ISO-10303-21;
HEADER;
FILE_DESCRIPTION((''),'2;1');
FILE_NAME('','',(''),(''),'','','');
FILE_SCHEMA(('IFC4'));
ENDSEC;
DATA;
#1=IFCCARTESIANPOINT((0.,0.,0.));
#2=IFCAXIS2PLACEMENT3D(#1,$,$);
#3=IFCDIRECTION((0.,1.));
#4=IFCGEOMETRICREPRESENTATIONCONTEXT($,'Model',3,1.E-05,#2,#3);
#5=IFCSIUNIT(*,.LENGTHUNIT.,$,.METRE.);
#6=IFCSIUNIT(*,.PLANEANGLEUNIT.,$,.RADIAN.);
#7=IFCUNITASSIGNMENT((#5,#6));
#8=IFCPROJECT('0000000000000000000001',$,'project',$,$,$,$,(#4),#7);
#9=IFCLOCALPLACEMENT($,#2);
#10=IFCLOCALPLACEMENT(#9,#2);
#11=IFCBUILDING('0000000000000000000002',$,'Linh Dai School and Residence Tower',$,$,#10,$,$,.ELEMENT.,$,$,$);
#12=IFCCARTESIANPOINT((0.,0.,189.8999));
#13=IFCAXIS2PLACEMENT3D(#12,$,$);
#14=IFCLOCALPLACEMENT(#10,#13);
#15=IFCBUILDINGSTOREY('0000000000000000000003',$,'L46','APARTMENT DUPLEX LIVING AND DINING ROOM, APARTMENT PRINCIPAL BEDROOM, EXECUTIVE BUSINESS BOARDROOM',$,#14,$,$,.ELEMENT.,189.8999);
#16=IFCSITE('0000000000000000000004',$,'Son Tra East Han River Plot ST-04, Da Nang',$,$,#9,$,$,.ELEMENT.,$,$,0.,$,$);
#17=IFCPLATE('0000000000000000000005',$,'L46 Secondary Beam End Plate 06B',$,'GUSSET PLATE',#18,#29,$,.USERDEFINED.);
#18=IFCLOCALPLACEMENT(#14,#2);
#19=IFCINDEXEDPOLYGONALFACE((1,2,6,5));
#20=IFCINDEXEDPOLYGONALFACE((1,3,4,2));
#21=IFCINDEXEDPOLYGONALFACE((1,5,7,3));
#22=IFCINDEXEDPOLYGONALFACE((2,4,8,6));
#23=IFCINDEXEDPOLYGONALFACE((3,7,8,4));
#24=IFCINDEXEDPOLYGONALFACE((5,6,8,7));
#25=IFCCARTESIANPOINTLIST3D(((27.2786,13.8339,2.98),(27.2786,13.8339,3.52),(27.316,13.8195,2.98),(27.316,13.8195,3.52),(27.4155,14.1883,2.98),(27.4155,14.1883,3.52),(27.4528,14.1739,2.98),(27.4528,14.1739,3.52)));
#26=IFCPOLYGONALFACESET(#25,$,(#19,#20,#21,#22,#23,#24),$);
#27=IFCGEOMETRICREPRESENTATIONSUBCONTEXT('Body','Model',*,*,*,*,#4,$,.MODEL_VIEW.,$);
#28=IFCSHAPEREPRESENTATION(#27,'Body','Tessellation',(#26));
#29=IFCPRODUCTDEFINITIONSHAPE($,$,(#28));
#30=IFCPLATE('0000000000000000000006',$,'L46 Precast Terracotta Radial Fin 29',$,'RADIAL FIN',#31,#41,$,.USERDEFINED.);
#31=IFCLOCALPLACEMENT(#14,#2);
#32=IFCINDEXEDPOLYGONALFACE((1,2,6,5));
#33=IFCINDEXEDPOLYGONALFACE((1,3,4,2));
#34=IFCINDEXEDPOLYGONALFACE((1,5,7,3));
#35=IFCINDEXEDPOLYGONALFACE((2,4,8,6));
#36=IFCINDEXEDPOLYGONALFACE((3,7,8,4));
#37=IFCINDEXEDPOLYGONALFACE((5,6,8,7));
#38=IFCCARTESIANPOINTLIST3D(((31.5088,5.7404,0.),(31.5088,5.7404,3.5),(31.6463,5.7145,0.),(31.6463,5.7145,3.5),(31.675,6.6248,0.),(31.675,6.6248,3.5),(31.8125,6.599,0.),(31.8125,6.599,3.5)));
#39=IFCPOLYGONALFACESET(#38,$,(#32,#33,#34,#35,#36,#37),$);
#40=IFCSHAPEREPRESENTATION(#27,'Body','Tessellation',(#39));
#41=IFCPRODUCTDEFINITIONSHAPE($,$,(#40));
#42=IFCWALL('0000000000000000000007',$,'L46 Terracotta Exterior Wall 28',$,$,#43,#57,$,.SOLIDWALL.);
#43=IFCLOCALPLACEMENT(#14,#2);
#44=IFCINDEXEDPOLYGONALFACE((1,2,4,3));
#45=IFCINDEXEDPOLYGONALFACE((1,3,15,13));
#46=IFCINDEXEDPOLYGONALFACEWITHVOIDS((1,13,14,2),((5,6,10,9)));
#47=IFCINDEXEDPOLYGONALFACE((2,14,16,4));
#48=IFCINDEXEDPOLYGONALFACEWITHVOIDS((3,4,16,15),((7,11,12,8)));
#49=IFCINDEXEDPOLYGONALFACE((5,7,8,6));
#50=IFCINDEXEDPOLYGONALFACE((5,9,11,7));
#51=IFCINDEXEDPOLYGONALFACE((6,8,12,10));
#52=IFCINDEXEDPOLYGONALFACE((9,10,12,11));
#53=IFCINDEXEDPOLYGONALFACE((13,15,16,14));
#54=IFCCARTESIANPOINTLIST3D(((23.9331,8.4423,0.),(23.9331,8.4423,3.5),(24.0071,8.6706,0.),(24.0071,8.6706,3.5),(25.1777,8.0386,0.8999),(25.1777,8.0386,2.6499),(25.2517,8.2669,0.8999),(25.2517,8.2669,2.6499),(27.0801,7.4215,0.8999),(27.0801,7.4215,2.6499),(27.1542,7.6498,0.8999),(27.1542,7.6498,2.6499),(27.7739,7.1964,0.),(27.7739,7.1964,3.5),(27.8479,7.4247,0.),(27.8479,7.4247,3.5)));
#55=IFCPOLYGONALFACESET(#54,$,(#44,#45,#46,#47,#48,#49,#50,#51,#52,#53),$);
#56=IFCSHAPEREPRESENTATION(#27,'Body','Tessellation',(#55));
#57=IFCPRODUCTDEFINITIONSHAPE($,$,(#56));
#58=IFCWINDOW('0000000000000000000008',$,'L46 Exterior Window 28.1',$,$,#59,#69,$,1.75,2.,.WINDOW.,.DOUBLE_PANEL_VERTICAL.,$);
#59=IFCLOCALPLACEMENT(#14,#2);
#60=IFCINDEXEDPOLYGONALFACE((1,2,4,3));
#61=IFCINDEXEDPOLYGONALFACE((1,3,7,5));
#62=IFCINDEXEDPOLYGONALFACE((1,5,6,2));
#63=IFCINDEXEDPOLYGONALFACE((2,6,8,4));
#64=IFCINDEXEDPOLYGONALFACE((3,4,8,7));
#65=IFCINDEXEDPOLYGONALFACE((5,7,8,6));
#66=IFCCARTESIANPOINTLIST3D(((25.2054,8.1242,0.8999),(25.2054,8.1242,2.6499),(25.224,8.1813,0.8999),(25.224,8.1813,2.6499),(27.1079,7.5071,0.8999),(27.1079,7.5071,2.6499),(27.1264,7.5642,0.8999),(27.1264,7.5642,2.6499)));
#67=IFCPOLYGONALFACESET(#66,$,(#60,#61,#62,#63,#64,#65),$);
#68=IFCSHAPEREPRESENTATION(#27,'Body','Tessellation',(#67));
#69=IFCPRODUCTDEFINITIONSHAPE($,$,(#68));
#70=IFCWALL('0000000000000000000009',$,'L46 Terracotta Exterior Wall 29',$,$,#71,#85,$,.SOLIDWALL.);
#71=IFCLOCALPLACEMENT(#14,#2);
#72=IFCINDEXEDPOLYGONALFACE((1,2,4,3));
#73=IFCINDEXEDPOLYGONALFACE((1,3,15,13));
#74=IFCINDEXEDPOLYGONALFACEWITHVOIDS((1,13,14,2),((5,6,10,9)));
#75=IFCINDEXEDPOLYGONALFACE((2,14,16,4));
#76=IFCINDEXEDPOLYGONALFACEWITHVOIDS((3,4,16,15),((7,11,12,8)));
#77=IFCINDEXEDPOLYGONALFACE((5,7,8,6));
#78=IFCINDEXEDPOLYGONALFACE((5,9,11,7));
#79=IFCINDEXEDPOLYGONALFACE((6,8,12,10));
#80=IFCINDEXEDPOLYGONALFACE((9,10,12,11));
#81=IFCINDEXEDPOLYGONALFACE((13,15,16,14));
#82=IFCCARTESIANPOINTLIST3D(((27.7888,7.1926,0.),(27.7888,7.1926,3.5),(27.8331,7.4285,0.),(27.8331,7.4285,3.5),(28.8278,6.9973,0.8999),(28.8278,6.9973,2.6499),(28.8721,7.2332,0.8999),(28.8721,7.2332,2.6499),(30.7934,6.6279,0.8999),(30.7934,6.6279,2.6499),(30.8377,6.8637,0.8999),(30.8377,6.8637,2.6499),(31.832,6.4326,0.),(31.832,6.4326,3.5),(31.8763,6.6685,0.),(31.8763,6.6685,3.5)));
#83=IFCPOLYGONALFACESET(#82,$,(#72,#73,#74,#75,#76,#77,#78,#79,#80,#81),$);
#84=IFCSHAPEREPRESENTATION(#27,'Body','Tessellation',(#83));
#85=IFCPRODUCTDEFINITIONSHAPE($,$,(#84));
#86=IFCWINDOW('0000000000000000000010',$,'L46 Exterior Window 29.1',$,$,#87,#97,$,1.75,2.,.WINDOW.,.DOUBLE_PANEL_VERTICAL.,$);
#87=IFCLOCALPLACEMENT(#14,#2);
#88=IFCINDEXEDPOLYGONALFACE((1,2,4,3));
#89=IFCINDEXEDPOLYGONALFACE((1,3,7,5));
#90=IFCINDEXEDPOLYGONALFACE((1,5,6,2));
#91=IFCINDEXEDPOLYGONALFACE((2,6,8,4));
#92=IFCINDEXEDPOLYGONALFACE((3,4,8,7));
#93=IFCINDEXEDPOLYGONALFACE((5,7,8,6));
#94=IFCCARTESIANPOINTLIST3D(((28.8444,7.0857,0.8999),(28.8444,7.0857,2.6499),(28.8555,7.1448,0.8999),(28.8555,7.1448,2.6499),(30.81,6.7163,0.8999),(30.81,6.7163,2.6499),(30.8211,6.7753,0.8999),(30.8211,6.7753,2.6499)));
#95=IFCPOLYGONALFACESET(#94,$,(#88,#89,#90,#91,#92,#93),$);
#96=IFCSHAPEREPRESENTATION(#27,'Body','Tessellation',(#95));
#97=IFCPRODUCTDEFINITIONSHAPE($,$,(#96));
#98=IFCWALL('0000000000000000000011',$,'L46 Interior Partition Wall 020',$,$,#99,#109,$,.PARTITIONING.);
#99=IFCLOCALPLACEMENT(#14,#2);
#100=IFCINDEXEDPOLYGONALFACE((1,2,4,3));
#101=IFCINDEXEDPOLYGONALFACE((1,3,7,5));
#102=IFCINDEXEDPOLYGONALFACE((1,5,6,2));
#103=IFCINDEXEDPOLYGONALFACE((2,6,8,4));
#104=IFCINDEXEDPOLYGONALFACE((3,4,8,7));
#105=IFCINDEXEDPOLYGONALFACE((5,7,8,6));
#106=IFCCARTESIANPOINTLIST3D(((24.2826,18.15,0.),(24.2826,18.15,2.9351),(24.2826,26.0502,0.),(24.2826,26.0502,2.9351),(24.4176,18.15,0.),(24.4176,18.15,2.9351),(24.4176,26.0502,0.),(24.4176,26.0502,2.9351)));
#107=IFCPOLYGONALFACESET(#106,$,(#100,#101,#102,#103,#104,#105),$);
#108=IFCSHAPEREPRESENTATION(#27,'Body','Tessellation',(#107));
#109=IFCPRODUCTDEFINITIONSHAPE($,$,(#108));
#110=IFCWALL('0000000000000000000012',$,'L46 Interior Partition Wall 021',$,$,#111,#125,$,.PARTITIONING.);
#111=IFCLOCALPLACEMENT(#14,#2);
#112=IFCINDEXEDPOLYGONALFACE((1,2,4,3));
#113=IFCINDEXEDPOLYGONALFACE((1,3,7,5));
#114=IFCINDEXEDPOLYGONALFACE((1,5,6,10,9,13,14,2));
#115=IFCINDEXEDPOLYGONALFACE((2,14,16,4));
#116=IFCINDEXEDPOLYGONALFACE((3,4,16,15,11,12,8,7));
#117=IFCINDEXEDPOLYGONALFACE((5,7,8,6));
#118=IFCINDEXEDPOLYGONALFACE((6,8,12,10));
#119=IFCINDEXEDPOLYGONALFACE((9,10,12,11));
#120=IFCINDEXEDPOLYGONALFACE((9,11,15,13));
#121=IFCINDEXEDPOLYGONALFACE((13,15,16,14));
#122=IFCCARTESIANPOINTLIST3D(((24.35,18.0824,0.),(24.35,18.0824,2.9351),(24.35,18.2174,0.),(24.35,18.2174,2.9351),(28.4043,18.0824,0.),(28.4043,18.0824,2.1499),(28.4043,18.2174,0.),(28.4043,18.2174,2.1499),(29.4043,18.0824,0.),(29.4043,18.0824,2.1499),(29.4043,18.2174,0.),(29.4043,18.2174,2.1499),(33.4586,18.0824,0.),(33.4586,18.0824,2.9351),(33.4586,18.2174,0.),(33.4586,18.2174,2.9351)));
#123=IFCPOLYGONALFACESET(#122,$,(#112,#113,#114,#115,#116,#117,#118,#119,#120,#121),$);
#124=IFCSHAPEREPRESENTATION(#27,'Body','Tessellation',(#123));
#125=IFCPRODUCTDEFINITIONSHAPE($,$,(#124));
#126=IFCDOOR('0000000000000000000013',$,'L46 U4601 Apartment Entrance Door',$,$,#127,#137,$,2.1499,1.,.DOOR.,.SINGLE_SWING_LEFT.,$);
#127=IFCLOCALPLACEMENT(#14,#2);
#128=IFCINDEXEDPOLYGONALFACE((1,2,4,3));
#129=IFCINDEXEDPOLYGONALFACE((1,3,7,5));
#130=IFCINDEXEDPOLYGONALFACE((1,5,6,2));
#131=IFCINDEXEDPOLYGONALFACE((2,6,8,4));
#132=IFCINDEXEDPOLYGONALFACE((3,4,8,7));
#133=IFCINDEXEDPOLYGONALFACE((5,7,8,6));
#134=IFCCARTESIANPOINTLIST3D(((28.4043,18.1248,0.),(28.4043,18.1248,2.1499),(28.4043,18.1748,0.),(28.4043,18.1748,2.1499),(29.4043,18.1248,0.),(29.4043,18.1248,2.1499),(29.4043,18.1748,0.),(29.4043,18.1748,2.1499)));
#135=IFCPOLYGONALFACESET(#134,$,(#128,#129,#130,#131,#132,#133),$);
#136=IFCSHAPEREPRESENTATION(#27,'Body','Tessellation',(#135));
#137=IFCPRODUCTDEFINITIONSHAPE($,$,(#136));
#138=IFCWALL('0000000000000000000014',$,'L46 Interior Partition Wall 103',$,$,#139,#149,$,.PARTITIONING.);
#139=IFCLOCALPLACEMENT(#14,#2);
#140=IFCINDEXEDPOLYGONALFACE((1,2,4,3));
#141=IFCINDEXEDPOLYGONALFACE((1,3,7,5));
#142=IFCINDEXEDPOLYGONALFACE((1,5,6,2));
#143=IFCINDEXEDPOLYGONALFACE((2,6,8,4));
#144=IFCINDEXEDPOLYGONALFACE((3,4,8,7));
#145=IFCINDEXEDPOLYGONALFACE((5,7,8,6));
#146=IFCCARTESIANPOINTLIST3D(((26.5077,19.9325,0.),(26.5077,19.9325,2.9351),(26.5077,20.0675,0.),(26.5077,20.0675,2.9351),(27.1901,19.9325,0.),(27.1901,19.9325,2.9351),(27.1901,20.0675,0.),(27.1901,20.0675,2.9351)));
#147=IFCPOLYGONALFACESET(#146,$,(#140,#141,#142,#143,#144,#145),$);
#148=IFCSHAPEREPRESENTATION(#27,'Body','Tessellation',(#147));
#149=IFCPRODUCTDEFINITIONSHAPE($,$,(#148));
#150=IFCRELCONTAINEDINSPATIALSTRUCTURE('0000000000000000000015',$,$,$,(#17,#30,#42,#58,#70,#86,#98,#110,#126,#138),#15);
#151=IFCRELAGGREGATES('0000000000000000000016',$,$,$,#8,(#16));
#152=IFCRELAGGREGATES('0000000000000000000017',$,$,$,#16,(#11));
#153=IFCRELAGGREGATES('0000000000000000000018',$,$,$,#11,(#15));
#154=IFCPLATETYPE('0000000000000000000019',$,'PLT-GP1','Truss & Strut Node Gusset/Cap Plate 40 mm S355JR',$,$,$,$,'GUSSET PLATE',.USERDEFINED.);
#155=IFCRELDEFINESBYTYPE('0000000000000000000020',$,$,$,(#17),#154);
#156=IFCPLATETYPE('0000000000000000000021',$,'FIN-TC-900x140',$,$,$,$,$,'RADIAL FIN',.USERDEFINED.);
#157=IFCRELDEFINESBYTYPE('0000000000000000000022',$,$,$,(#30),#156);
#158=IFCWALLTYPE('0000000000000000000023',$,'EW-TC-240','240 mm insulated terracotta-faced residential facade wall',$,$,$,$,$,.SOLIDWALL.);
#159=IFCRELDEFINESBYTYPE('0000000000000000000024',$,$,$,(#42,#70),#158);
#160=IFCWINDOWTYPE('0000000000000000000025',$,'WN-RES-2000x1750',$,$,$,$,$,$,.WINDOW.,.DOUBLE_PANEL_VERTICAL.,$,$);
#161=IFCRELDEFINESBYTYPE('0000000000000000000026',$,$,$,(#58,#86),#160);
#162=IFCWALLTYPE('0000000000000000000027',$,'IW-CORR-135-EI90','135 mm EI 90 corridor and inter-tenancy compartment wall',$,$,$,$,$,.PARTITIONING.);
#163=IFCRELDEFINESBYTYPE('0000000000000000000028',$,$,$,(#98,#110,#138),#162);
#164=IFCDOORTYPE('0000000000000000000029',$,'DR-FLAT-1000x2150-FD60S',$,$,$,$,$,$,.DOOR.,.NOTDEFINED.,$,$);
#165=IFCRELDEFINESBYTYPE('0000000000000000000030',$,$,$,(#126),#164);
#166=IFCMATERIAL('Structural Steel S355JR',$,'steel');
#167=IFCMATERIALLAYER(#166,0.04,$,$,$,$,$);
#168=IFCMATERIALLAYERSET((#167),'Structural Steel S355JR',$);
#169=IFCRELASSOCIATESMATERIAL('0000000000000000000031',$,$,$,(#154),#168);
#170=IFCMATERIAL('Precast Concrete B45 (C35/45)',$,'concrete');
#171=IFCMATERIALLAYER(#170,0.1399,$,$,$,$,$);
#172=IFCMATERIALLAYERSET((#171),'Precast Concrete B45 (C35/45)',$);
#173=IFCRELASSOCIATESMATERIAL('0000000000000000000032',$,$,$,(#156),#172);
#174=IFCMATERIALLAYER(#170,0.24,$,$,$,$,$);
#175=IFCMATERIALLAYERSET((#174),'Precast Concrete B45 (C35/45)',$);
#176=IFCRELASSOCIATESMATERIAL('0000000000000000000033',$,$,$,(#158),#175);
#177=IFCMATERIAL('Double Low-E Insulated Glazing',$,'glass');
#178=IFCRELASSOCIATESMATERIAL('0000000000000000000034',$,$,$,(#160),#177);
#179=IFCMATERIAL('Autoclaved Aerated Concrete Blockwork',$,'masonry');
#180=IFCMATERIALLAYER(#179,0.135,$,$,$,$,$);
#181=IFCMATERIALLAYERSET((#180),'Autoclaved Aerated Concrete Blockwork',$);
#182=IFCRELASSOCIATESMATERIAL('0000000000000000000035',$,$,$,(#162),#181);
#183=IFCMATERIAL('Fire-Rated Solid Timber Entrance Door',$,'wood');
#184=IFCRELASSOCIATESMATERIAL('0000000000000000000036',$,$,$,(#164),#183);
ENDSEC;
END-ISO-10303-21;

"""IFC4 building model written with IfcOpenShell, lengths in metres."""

from ifc_helpers import new_model, si_unit, direction, frame, frame_2d, origin, origin_2d, place, context, subcontext, project, spatial, rectangle, extrude, source, transform, mapped, material, layer, layer_set, type_object, element, fill, save


model = new_model("IFC4")

# Units and contexts
model_context = context("Model", 3, precision=1e-05, world=origin(), true_north=direction((0.0, 1.0)))
body_context = subcontext(model_context, "Body", "Model", "MODEL_VIEW")
ifc_project = project(units=[si_unit("LENGTHUNIT", "METRE"), si_unit("PLANEANGLEUNIT", "RADIAN")], contexts=[model_context])

# Site, building, storey
site_placement = place(None, origin())
site = spatial("IfcSite", under=ifc_project, at=site_placement, Name="Son Tra East Han River Plot ST-04, Da Nang", CompositionType="ELEMENT", RefElevation=0.0)
building_placement = place(site_placement, origin())
building = spatial("IfcBuilding", under=site, at=building_placement, Name="Linh Dai School and Residence Tower", CompositionType="ELEMENT")
storey_placement = place(building_placement, frame((0.0, 0.0, 189.8999)))
storey = spatial("IfcBuildingStorey", under=building, at=storey_placement, Name="L46", Description="APARTMENT DUPLEX LIVING AND DINING ROOM, APARTMENT PRINCIPAL BEDROOM, EXECUTIVE BUSINESS BOARDROOM", CompositionType="ELEMENT", Elevation=189.8999)

# Shared definitions
ifc_material_1 = material(Name="Structural Steel S355JR", Category="steel")

# Plates
ifc_layer_1 = layer(ifc_material_1, 0.04)
ifc_layer_set_1 = layer_set([ifc_layer_1], Name="Structural Steel S355JR")
plate_type_1 = type_object("IfcPlateType", Name="PLT-GP1", Description="Truss & Strut Node Gusset/Cap Plate 40 mm S355JR", ElementType="GUSSET PLATE", PredefinedType="USERDEFINED", material=ifc_layer_set_1)
shared_shape_1 = source(origin(), body_context, "Body", "SweptSolid", [
    extrude(rectangle(XDim=0.04, YDim=0.3799, at=origin_2d()), origin(), (0.0, 0.0, 1.0), 0.54),
])
plate_1_placement = place(storey_placement, frame((27.3657, 14.0039, 2.98), z_axis=(0.0, 0.0, 1.0), x_axis=(0.932823, -0.360335, 0.0)))
element("IfcPlate", 1, at=plate_1_placement, inside=storey, type_object=plate_type_1, Name="L46 Secondary Beam End Plate 06B", ObjectType="GUSSET PLATE", PredefinedType="USERDEFINED", context=body_context, shape_type="MappedRepresentation", body=[
    mapped(shared_shape_1, transform((0.0, 0.0, 0.0), x_axis=(1.0, 0.0, 0.0), y_axis=(0.0, 1.0, 0.0), z_axis=(0.0, 0.0, 1.0), scale=1.0)),
])
ifc_material_2 = material(Name="Precast Concrete B45 (C35/45)", Category="concrete")
ifc_layer_2 = layer(ifc_material_2, 0.1399)
ifc_layer_set_2 = layer_set([ifc_layer_2], Name="Precast Concrete B45 (C35/45)")
plate_type_2 = type_object("IfcPlateType", Name="FIN-TC-900x140", ElementType="RADIAL FIN", PredefinedType="USERDEFINED", material=ifc_layer_set_2)
shared_shape_2 = source(origin(), body_context, "Body", "SweptSolid", [
    extrude(rectangle(XDim=0.8999, YDim=0.1399, at=origin_2d()), origin(), (0.0, 0.0, 1.0), 3.5),
])
plate_2_placement = place(storey_placement, frame((31.6606, 6.1697, 0.0), z_axis=(0.0, 0.0, 1.0), x_axis=(-0.184763, -0.982783, 0.0)))
element("IfcPlate", 2, at=plate_2_placement, inside=storey, type_object=plate_type_2, Name="L46 Precast Terracotta Radial Fin 29", ObjectType="RADIAL FIN", PredefinedType="USERDEFINED", context=body_context, shape_type="MappedRepresentation", body=[
    mapped(shared_shape_2, transform((0.0, 0.0, 0.0), x_axis=(1.0, 0.0, 0.0), y_axis=(0.0, 1.0, 0.0), z_axis=(0.0, 0.0, 1.0), scale=1.0)),
])

# Walls, openings, windows
ifc_layer_3 = layer(ifc_material_2, 0.24)
ifc_layer_set_3 = layer_set([ifc_layer_3], Name="Precast Concrete B45 (C35/45)")
wall_type_1 = type_object("IfcWallType", Name="EW-TC-240", Description="240 mm insulated terracotta-faced residential facade wall", PredefinedType="SOLIDWALL", material=ifc_layer_set_3)
wall_1_placement = place(storey_placement, frame((27.811, 7.3105, 0.0), z_axis=(0.0, 0.0, 1.0), x_axis=(-0.95121, 0.308545, 0.0)))
wall_1 = element("IfcWall", 3, at=wall_1_placement, inside=storey, type_object=wall_type_1, Name="L46 Terracotta Exterior Wall 28", PredefinedType="SOLIDWALL", context=body_context, shape_type="SweptSolid", body=[
    extrude(rectangle(XDim=4.0378, YDim=0.24, at=frame_2d((2.019, 0.0))), origin(), (0.0, 0.0, 1.0), 3.5),
])
opening_1_placement = place(wall_1_placement, frame((0.7295, 0.0, 0.8999)))
opening_1 = element("IfcOpeningElement", 4, at=opening_1_placement, cuts=wall_1, PredefinedType="OPENING", context=body_context, shape_type="SweptSolid", body=[
    extrude(rectangle(XDim=2.0, YDim=1.75, at=origin_2d()), frame((1.0, 0.1299, 0.875), z_axis=(0.0, -1.0, 0.0), x_axis=(1.0, 0.0, 0.0)), (0.0, 0.0, 1.0), 0.26),
])
ifc_material_3 = material(Name="Double Low-E Insulated Glazing", Category="glass")
window_type = type_object("IfcWindowType", Name="WN-RES-2000x1750", PartitioningType="DOUBLE_PANEL_VERTICAL", PredefinedType="WINDOW", material=ifc_material_3)
shared_shape_3 = source(origin(), body_context, "Body", "SweptSolid", [
    extrude(rectangle(XDim=2.0, YDim=1.75, at=origin_2d()), frame((1.0, 0.03, 0.875), z_axis=(0.0, -1.0, 0.0), x_axis=(1.0, 0.0, 0.0)), (0.0, 0.0, 1.0), 0.0601),
])
window_1_placement = place(opening_1_placement, origin())
window_1 = element("IfcWindow", 5, at=window_1_placement, inside=storey, type_object=window_type, Name="L46 Exterior Window 28.1", OverallHeight=1.75, OverallWidth=2.0, PartitioningType="DOUBLE_PANEL_VERTICAL", PredefinedType="WINDOW", context=body_context, shape_type="MappedRepresentation", body=[
    mapped(shared_shape_3, transform((0.0, 0.0, 0.0), x_axis=(1.0, 0.0, 0.0), y_axis=(0.0, 1.0, 0.0), z_axis=(0.0, 0.0, 1.0), scale=1.0)),
])
fill(opening_1, window_1)
wall_2_placement = place(storey_placement, frame((31.8542, 6.5505, 0.0), z_axis=(0.0, 0.0, 1.0), x_axis=(-0.982788, 0.184736, 0.0)))
wall_2 = element("IfcWall", 6, at=wall_2_placement, inside=storey, type_object=wall_type_1, Name="L46 Terracotta Exterior Wall 29", PredefinedType="SOLIDWALL", context=body_context, shape_type="SweptSolid", body=[
    extrude(rectangle(XDim=4.114, YDim=0.24, at=frame_2d((2.0571, 0.0))), origin(), (0.0, 0.0, 1.0), 3.5),
])
opening_2_placement = place(wall_2_placement, frame((1.0569, 0.0, 0.8999)))
opening_2 = element("IfcOpeningElement", 7, at=opening_2_placement, cuts=wall_2, PredefinedType="OPENING", context=body_context, shape_type="SweptSolid", body=[
    extrude(rectangle(XDim=2.0, YDim=1.75, at=origin_2d()), frame((1.0, 0.1299, 0.875), z_axis=(0.0, -1.0, 0.0), x_axis=(1.0, 0.0, 0.0)), (0.0, 0.0, 1.0), 0.26),
])
window_2_placement = place(opening_2_placement, origin())
window_2 = element("IfcWindow", 8, at=window_2_placement, inside=storey, type_object=window_type, Name="L46 Exterior Window 29.1", OverallHeight=1.75, OverallWidth=2.0, PartitioningType="DOUBLE_PANEL_VERTICAL", PredefinedType="WINDOW", context=body_context, shape_type="MappedRepresentation", body=[
    mapped(shared_shape_3, transform((0.0, 0.0, 0.0), x_axis=(1.0, 0.0, 0.0), y_axis=(0.0, 1.0, 0.0), z_axis=(0.0, 0.0, 1.0), scale=1.0)),
])
fill(opening_2, window_2)

# Wall
ifc_material_4 = material(Name="Autoclaved Aerated Concrete Blockwork", Category="masonry")
ifc_layer_4 = layer(ifc_material_4, 0.135)
ifc_layer_set_4 = layer_set([ifc_layer_4], Name="Autoclaved Aerated Concrete Blockwork")
wall_type_2 = type_object("IfcWallType", Name="IW-CORR-135-EI90", Description="135 mm EI 90 corridor and inter-tenancy compartment wall", PredefinedType="PARTITIONING", material=ifc_layer_set_4)
wall_3_placement = place(storey_placement, frame((24.3501, 18.1499, 0.0), z_axis=(0.0, 0.0, 1.0), x_axis=(0.0, 1.0, 0.0)))
element("IfcWall", 9, at=wall_3_placement, inside=storey, type_object=wall_type_2, Name="L46 Interior Partition Wall 020", PredefinedType="PARTITIONING", context=body_context, shape_type="SweptSolid", body=[
    extrude(rectangle(XDim=7.9001, YDim=0.135, at=frame_2d((3.9502, 0.0))), origin(), (0.0, 0.0, 1.0), 2.9351),
])

# Wall, opening, door
wall_4_placement = place(storey_placement, frame((24.3501, 18.1499, 0.0), z_axis=(0.0, 0.0, 1.0), x_axis=(1.0, 0.0, 0.0)))
wall_4 = element("IfcWall", 10, at=wall_4_placement, inside=storey, type_object=wall_type_2, Name="L46 Interior Partition Wall 021", PredefinedType="PARTITIONING", context=body_context, shape_type="SweptSolid", body=[
    extrude(rectangle(XDim=9.1086, YDim=0.135, at=frame_2d((4.5542, 0.0))), origin(), (0.0, 0.0, 1.0), 2.9351),
])
opening_3_placement = place(wall_4_placement, frame((4.0542, 0.0, 0.0)))
opening_3 = element("IfcOpeningElement", 11, at=opening_3_placement, cuts=wall_4, PredefinedType="OPENING", context=body_context, shape_type="SweptSolid", body=[
    extrude(rectangle(XDim=1.0, YDim=2.1499, at=origin_2d()), frame((0.5, 0.0776, 1.075), z_axis=(0.0, -1.0, 0.0), x_axis=(1.0, 0.0, 0.0)), (0.0, 0.0, 1.0), 0.155),
])
ifc_material_5 = material(Name="Fire-Rated Solid Timber Entrance Door", Category="wood")
door_type_1 = type_object("IfcDoorType", Name="DR-FLAT-1000x2150-FD60S", OperationType="NOTDEFINED", PredefinedType="DOOR", material=ifc_material_5)
shared_shape_4 = source(origin(), body_context, "Body", "SweptSolid", [
    extrude(rectangle(XDim=1.0, YDim=2.1499, at=origin_2d()), frame((0.5, 0.0249, 1.075), z_axis=(0.0, -1.0, 0.0), x_axis=(1.0, 0.0, 0.0)), (0.0, 0.0, 1.0), 0.05),
])
door_1_placement = place(opening_3_placement, origin())
door_1 = element("IfcDoor", 12, at=door_1_placement, inside=storey, type_object=door_type_1, Name="L46 U4601 Apartment Entrance Door", OperationType="SINGLE_SWING_LEFT", OverallHeight=2.1499, OverallWidth=1.0, PredefinedType="DOOR", context=body_context, shape_type="MappedRepresentation", body=[
    mapped(shared_shape_4, transform((0.0, 0.0, 0.0), x_axis=(1.0, 0.0, 0.0), y_axis=(0.0, 1.0, 0.0), z_axis=(0.0, 0.0, 1.0), scale=1.0)),
])
fill(opening_3, door_1)

# Wall
wall_5_placement = place(storey_placement, frame((26.5076, 20.0, 0.0), z_axis=(0.0, 0.0, 1.0), x_axis=(1.0, 0.0, 0.0)))
element("IfcWall", 13, at=wall_5_placement, inside=storey, type_object=wall_type_2, Name="L46 Interior Partition Wall 103", PredefinedType="PARTITIONING", context=body_context, shape_type="SweptSolid", body=[
    extrude(rectangle(XDim=0.6824, YDim=0.135, at=frame_2d((0.3413, 0.0))), origin(), (0.0, 0.0, 1.0), 2.9351),
])

save(model, "model.ifc")
